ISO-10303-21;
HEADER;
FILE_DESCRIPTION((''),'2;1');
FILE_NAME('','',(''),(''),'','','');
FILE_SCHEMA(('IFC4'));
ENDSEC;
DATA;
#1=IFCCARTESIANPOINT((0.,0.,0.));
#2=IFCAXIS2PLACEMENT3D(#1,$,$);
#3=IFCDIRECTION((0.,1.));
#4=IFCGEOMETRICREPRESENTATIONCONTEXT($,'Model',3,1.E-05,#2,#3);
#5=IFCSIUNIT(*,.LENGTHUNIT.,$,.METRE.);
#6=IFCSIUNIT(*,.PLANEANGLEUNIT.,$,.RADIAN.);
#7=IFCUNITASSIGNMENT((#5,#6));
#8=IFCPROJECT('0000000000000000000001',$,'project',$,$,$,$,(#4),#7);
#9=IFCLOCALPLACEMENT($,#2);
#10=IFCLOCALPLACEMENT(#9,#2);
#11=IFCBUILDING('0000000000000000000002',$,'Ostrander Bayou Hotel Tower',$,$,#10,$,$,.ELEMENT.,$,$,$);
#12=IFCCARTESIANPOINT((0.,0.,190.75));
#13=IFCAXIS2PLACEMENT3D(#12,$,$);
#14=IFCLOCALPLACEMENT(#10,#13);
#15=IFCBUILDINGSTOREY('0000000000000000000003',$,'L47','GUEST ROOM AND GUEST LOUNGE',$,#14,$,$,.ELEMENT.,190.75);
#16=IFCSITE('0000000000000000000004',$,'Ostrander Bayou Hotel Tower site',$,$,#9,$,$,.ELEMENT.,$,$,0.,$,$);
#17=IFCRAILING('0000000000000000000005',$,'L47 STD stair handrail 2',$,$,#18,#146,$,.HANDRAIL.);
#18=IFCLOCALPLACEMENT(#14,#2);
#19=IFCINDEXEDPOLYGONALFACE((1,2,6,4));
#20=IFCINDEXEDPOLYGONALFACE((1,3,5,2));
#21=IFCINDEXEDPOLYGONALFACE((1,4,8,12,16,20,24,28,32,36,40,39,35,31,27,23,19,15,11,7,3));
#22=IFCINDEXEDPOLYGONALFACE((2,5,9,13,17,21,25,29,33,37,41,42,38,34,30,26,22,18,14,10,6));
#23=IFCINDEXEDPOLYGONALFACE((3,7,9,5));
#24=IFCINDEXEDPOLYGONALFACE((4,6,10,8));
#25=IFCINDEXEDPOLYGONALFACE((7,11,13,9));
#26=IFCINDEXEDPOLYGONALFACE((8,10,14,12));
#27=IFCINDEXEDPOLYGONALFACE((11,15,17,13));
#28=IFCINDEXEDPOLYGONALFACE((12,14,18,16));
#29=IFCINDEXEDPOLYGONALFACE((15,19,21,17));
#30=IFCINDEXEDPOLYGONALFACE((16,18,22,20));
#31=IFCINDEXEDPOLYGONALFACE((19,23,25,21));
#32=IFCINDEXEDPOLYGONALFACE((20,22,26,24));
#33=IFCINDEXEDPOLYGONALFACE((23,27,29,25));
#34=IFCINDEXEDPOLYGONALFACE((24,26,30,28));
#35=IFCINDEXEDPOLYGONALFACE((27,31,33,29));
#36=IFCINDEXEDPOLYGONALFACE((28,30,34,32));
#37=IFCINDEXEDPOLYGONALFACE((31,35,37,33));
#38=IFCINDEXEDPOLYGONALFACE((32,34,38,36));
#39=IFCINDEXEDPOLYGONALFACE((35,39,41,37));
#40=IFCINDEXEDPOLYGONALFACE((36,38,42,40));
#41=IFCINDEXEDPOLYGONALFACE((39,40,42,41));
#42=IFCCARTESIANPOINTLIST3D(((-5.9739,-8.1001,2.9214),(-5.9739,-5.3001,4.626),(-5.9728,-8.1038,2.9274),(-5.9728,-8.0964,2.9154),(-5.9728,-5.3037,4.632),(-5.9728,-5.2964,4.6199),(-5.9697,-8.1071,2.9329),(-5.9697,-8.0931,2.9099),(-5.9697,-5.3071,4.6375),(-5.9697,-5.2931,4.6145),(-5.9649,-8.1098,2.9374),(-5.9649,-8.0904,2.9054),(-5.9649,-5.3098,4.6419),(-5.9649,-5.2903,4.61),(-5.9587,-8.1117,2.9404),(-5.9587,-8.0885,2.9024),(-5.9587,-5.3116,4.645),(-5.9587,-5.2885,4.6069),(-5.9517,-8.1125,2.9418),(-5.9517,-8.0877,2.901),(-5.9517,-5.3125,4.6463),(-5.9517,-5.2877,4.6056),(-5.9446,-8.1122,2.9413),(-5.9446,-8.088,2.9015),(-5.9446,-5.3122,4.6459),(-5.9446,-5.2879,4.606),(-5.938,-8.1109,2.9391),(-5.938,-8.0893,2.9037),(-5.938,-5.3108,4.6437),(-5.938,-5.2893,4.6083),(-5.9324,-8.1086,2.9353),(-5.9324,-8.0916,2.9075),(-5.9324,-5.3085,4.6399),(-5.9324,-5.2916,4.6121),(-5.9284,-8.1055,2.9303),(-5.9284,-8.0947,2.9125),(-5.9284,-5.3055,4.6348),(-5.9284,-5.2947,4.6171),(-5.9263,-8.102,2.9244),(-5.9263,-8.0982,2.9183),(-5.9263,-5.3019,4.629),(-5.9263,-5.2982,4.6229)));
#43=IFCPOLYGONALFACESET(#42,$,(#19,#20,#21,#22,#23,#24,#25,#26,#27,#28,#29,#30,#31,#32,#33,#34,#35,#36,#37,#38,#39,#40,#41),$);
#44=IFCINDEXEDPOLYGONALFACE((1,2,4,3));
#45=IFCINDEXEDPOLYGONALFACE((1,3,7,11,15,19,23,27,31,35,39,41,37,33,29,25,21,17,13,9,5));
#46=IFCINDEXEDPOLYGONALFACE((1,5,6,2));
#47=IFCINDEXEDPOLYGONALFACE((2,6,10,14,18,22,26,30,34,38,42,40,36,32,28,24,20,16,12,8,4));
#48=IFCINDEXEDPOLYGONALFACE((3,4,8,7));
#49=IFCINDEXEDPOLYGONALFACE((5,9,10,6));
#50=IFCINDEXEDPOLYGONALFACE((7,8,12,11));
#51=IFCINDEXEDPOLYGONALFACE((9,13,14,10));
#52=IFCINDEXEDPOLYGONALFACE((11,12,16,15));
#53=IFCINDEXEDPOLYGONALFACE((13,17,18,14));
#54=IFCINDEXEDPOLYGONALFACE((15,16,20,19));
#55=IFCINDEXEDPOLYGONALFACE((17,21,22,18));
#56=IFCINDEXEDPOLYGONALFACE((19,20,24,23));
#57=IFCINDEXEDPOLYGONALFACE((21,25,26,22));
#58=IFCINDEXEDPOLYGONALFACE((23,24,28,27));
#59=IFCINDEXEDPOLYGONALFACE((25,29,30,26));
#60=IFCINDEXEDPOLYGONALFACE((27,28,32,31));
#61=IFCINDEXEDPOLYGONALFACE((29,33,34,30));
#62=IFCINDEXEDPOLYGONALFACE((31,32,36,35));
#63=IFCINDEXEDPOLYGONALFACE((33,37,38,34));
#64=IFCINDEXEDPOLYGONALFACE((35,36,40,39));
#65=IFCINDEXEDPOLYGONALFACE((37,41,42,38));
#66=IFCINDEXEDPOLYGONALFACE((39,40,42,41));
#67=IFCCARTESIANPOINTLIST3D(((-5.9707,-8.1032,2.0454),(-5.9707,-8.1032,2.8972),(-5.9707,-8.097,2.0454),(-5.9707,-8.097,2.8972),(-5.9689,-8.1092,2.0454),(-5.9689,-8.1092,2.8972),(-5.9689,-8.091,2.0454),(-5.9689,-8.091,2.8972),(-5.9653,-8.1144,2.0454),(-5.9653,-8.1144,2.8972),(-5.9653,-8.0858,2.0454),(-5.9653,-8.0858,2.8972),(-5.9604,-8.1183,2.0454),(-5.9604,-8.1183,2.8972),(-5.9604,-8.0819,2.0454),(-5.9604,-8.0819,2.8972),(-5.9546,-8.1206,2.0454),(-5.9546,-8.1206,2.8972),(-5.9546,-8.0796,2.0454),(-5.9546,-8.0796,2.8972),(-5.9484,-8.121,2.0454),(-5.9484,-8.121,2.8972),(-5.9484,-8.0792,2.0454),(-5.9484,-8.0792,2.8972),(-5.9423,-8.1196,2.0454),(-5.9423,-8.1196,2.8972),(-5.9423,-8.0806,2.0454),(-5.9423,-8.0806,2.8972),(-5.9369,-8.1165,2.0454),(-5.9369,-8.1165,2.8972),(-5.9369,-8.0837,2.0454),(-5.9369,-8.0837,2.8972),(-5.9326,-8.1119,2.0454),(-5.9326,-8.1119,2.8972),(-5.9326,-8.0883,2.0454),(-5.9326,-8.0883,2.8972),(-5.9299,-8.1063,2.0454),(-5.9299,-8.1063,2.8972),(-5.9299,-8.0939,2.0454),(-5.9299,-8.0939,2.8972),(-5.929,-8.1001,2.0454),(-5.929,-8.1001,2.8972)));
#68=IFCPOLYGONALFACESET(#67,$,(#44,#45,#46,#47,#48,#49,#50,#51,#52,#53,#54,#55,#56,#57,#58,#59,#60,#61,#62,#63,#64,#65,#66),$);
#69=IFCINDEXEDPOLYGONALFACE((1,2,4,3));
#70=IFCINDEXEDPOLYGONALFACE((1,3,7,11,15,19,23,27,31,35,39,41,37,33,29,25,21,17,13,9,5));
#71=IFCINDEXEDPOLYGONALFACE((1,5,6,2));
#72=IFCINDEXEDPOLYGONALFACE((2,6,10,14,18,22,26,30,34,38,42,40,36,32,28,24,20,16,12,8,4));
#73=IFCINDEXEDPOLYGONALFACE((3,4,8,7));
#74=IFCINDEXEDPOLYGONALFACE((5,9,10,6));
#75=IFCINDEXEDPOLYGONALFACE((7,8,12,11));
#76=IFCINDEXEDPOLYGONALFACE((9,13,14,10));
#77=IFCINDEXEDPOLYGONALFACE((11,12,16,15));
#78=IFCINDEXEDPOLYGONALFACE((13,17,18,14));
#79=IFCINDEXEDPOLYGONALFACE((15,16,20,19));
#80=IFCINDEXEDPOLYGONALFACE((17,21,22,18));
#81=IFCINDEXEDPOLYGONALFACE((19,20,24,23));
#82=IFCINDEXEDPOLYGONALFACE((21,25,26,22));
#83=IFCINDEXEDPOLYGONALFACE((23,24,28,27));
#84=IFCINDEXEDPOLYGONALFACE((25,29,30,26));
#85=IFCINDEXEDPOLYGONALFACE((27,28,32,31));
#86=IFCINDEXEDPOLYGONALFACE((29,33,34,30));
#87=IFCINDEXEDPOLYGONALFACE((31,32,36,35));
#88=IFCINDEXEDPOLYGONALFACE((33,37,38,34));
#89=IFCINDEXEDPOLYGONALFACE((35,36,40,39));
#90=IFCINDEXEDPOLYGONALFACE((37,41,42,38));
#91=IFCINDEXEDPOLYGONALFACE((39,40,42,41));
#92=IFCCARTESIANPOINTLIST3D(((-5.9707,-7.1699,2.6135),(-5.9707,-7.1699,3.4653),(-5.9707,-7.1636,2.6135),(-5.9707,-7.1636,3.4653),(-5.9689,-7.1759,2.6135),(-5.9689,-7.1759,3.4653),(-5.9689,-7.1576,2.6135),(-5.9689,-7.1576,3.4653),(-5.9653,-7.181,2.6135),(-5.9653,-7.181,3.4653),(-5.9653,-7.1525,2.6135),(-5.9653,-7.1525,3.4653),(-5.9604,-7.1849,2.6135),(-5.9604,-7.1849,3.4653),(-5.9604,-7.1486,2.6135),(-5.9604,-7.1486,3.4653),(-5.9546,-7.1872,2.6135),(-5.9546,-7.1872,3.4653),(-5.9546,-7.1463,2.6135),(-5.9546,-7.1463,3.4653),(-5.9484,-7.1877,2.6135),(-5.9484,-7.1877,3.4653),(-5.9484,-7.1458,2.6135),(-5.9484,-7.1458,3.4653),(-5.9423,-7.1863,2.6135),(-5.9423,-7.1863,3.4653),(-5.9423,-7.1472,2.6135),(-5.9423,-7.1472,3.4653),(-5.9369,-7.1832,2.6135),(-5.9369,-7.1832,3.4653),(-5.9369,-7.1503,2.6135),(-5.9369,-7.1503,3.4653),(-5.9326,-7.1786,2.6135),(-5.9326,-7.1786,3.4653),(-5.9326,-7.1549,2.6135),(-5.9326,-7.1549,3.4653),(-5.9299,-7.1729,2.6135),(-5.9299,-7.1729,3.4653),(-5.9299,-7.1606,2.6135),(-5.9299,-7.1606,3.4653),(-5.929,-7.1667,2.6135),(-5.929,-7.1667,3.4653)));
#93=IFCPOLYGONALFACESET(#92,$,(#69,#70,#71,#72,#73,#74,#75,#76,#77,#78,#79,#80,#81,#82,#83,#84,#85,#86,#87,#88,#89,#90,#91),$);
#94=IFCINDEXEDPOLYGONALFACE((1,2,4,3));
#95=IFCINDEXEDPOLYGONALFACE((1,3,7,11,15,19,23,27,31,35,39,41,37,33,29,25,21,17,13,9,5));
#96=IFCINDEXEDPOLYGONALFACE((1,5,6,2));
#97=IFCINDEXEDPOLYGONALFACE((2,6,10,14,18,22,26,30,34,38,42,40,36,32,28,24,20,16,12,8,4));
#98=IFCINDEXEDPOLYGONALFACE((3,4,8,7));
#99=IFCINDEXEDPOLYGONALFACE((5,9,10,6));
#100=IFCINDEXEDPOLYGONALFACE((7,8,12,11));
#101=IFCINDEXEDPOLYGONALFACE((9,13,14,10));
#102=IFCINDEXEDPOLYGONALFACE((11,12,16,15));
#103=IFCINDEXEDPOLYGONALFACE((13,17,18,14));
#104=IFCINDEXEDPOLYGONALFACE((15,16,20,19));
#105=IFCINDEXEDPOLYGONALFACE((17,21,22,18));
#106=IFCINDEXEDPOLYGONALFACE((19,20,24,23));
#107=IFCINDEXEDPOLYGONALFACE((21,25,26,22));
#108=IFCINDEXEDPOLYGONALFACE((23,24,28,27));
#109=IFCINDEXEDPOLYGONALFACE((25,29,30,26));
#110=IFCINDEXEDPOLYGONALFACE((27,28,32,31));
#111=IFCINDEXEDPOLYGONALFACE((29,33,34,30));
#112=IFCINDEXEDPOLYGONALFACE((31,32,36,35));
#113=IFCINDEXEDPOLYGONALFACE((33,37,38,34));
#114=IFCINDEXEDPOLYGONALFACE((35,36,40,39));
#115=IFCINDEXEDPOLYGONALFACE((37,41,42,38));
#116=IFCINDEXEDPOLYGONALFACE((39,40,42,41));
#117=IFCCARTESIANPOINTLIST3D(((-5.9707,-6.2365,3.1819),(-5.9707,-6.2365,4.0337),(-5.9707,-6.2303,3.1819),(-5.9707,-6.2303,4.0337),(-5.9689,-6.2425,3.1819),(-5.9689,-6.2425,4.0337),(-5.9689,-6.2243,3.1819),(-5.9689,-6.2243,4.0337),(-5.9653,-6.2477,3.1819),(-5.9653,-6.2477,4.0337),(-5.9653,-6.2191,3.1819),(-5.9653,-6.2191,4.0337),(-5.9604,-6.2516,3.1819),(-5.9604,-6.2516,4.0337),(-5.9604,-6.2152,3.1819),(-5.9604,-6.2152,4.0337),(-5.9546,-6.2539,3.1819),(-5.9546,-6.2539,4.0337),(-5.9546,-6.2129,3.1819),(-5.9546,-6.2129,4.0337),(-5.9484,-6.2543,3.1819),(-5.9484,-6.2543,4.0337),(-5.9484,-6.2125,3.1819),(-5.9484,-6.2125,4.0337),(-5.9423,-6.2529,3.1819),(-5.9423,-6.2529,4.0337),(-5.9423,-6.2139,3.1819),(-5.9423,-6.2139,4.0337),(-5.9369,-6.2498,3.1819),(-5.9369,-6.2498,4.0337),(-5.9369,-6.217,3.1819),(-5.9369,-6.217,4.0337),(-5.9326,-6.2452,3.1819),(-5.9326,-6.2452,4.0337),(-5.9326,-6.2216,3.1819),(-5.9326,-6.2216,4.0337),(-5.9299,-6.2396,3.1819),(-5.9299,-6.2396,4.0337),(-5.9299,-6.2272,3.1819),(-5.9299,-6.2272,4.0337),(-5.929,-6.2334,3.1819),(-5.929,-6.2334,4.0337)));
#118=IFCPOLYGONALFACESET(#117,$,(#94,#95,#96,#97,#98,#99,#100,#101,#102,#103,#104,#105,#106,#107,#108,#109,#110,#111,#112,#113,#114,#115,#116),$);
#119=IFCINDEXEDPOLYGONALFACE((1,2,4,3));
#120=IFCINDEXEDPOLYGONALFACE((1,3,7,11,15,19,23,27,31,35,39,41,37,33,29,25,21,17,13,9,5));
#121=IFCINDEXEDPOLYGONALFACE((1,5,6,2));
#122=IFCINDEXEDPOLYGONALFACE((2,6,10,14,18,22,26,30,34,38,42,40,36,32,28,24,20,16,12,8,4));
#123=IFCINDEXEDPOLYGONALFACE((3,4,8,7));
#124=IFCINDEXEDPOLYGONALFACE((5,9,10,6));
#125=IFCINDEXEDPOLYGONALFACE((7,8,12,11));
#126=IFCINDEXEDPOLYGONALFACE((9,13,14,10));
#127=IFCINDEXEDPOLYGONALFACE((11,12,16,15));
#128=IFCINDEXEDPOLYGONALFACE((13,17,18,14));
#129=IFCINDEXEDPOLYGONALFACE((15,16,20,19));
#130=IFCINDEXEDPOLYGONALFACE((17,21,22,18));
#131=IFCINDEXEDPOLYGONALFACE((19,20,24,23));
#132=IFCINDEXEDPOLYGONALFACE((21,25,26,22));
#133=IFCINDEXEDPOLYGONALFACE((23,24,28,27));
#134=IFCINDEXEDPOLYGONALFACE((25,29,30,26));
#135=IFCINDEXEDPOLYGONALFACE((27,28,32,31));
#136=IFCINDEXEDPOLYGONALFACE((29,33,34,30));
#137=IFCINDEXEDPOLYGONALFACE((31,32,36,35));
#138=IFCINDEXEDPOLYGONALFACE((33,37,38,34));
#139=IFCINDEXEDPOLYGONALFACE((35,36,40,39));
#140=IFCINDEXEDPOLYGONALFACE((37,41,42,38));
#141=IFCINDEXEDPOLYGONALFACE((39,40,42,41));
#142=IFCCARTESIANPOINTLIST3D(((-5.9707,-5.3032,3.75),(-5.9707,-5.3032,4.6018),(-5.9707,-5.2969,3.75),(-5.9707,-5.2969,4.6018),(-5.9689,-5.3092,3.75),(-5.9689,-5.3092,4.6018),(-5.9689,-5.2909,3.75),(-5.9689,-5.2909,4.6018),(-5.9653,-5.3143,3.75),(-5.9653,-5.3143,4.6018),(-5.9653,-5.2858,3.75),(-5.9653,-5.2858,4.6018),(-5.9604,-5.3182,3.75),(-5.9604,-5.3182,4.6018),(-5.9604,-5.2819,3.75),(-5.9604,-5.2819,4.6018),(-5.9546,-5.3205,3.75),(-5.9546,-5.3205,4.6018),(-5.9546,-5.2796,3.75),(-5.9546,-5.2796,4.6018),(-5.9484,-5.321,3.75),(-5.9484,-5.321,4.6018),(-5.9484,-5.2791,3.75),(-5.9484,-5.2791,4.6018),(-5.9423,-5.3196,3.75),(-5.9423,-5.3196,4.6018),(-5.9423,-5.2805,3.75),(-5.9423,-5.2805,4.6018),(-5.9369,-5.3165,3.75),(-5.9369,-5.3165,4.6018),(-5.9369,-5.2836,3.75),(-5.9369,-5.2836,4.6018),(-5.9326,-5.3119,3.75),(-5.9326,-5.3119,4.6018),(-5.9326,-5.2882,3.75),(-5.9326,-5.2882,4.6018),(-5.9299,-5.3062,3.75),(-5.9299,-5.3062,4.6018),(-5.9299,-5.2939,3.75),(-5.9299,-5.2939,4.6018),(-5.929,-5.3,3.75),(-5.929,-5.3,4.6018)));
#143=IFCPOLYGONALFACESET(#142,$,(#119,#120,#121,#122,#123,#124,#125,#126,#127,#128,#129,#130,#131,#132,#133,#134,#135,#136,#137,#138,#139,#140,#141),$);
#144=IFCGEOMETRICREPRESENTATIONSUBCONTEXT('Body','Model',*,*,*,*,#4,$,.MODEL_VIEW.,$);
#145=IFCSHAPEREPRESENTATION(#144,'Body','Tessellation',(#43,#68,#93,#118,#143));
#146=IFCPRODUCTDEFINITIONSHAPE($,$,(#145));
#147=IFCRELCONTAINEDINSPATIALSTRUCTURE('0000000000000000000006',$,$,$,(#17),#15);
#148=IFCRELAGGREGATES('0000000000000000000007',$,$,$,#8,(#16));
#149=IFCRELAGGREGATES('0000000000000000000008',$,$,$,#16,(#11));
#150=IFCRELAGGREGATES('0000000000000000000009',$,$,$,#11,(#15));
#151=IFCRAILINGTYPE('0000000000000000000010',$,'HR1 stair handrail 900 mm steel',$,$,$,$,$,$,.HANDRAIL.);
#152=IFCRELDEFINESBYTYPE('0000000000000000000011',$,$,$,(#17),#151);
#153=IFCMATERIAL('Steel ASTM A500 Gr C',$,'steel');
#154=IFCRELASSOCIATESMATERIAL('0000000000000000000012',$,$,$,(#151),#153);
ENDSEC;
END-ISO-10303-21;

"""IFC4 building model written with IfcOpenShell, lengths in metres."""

from ifc_helpers import new_model, si_unit, direction, frame, origin, origin_2d, place, context, subcontext, project, spatial, circle, extrude, material, type_object, element, save


model = new_model("IFC4")

# Units and contexts
model_context = context("Model", 3, precision=1e-05, world=origin(), true_north=direction((0.0, 1.0)))
body_context = subcontext(model_context, "Body", "Model", "MODEL_VIEW")
ifc_project = project(units=[si_unit("LENGTHUNIT", "METRE"), si_unit("PLANEANGLEUNIT", "RADIAN")], contexts=[model_context])

# Site, building, storey
site_placement = place(None, origin())
site = spatial("IfcSite", under=ifc_project, at=site_placement, Name="Ostrander Bayou Hotel Tower site", CompositionType="ELEMENT", RefElevation=0.0)
building_placement = place(site_placement, origin())
building = spatial("IfcBuilding", under=site, at=building_placement, Name="Ostrander Bayou Hotel Tower", CompositionType="ELEMENT")
storey_placement = place(building_placement, frame((0.0, 0.0, 190.75)))
storey = spatial("IfcBuildingStorey", under=building, at=storey_placement, Name="L47", Description="GUEST ROOM AND GUEST LOUNGE", CompositionType="ELEMENT", Elevation=190.75)

# Railing
ifc_material_1 = material(Name="Steel ASTM A500 Gr C", Category="steel")
railing_type_1 = type_object("IfcRailingType", Name="HR1 stair handrail 900 mm steel", PredefinedType="HANDRAIL", material=ifc_material_1)
railing_1_placement = place(storey_placement, frame((-5.95, -8.1001, 2.0454)))
element("IfcRailing", 1, at=railing_1_placement, inside=storey, type_object=railing_type_1, Name="L47 STD stair handrail 2", PredefinedType="HANDRAIL", context=body_context, shape_type="SweptSolid", body=[
    extrude(circle(Radius=0.0239, at=origin_2d()), frame((0.0, 0.0, 0.876), z_axis=(0.0, 0.85417, 0.519994), x_axis=(-1.0, 0.0, 0.0)), (0.0, 0.0, 1.0), 3.2781),
    extrude(circle(Radius=0.021, at=origin_2d()), origin(), (0.0, 0.0, 1.0), 0.8518),
    extrude(circle(Radius=0.021, at=origin_2d()), frame((0.0, 0.9333, 0.5681)), (0.0, 0.0, 1.0), 0.8518),
    extrude(circle(Radius=0.021, at=origin_2d()), frame((0.0, 1.8667, 1.1365)), (0.0, 0.0, 1.0), 0.8518),
    extrude(circle(Radius=0.021, at=origin_2d()), frame((0.0, 2.8, 1.7046)), (0.0, 0.0, 1.0), 0.8518),
])

save(model, "model.ifc")
